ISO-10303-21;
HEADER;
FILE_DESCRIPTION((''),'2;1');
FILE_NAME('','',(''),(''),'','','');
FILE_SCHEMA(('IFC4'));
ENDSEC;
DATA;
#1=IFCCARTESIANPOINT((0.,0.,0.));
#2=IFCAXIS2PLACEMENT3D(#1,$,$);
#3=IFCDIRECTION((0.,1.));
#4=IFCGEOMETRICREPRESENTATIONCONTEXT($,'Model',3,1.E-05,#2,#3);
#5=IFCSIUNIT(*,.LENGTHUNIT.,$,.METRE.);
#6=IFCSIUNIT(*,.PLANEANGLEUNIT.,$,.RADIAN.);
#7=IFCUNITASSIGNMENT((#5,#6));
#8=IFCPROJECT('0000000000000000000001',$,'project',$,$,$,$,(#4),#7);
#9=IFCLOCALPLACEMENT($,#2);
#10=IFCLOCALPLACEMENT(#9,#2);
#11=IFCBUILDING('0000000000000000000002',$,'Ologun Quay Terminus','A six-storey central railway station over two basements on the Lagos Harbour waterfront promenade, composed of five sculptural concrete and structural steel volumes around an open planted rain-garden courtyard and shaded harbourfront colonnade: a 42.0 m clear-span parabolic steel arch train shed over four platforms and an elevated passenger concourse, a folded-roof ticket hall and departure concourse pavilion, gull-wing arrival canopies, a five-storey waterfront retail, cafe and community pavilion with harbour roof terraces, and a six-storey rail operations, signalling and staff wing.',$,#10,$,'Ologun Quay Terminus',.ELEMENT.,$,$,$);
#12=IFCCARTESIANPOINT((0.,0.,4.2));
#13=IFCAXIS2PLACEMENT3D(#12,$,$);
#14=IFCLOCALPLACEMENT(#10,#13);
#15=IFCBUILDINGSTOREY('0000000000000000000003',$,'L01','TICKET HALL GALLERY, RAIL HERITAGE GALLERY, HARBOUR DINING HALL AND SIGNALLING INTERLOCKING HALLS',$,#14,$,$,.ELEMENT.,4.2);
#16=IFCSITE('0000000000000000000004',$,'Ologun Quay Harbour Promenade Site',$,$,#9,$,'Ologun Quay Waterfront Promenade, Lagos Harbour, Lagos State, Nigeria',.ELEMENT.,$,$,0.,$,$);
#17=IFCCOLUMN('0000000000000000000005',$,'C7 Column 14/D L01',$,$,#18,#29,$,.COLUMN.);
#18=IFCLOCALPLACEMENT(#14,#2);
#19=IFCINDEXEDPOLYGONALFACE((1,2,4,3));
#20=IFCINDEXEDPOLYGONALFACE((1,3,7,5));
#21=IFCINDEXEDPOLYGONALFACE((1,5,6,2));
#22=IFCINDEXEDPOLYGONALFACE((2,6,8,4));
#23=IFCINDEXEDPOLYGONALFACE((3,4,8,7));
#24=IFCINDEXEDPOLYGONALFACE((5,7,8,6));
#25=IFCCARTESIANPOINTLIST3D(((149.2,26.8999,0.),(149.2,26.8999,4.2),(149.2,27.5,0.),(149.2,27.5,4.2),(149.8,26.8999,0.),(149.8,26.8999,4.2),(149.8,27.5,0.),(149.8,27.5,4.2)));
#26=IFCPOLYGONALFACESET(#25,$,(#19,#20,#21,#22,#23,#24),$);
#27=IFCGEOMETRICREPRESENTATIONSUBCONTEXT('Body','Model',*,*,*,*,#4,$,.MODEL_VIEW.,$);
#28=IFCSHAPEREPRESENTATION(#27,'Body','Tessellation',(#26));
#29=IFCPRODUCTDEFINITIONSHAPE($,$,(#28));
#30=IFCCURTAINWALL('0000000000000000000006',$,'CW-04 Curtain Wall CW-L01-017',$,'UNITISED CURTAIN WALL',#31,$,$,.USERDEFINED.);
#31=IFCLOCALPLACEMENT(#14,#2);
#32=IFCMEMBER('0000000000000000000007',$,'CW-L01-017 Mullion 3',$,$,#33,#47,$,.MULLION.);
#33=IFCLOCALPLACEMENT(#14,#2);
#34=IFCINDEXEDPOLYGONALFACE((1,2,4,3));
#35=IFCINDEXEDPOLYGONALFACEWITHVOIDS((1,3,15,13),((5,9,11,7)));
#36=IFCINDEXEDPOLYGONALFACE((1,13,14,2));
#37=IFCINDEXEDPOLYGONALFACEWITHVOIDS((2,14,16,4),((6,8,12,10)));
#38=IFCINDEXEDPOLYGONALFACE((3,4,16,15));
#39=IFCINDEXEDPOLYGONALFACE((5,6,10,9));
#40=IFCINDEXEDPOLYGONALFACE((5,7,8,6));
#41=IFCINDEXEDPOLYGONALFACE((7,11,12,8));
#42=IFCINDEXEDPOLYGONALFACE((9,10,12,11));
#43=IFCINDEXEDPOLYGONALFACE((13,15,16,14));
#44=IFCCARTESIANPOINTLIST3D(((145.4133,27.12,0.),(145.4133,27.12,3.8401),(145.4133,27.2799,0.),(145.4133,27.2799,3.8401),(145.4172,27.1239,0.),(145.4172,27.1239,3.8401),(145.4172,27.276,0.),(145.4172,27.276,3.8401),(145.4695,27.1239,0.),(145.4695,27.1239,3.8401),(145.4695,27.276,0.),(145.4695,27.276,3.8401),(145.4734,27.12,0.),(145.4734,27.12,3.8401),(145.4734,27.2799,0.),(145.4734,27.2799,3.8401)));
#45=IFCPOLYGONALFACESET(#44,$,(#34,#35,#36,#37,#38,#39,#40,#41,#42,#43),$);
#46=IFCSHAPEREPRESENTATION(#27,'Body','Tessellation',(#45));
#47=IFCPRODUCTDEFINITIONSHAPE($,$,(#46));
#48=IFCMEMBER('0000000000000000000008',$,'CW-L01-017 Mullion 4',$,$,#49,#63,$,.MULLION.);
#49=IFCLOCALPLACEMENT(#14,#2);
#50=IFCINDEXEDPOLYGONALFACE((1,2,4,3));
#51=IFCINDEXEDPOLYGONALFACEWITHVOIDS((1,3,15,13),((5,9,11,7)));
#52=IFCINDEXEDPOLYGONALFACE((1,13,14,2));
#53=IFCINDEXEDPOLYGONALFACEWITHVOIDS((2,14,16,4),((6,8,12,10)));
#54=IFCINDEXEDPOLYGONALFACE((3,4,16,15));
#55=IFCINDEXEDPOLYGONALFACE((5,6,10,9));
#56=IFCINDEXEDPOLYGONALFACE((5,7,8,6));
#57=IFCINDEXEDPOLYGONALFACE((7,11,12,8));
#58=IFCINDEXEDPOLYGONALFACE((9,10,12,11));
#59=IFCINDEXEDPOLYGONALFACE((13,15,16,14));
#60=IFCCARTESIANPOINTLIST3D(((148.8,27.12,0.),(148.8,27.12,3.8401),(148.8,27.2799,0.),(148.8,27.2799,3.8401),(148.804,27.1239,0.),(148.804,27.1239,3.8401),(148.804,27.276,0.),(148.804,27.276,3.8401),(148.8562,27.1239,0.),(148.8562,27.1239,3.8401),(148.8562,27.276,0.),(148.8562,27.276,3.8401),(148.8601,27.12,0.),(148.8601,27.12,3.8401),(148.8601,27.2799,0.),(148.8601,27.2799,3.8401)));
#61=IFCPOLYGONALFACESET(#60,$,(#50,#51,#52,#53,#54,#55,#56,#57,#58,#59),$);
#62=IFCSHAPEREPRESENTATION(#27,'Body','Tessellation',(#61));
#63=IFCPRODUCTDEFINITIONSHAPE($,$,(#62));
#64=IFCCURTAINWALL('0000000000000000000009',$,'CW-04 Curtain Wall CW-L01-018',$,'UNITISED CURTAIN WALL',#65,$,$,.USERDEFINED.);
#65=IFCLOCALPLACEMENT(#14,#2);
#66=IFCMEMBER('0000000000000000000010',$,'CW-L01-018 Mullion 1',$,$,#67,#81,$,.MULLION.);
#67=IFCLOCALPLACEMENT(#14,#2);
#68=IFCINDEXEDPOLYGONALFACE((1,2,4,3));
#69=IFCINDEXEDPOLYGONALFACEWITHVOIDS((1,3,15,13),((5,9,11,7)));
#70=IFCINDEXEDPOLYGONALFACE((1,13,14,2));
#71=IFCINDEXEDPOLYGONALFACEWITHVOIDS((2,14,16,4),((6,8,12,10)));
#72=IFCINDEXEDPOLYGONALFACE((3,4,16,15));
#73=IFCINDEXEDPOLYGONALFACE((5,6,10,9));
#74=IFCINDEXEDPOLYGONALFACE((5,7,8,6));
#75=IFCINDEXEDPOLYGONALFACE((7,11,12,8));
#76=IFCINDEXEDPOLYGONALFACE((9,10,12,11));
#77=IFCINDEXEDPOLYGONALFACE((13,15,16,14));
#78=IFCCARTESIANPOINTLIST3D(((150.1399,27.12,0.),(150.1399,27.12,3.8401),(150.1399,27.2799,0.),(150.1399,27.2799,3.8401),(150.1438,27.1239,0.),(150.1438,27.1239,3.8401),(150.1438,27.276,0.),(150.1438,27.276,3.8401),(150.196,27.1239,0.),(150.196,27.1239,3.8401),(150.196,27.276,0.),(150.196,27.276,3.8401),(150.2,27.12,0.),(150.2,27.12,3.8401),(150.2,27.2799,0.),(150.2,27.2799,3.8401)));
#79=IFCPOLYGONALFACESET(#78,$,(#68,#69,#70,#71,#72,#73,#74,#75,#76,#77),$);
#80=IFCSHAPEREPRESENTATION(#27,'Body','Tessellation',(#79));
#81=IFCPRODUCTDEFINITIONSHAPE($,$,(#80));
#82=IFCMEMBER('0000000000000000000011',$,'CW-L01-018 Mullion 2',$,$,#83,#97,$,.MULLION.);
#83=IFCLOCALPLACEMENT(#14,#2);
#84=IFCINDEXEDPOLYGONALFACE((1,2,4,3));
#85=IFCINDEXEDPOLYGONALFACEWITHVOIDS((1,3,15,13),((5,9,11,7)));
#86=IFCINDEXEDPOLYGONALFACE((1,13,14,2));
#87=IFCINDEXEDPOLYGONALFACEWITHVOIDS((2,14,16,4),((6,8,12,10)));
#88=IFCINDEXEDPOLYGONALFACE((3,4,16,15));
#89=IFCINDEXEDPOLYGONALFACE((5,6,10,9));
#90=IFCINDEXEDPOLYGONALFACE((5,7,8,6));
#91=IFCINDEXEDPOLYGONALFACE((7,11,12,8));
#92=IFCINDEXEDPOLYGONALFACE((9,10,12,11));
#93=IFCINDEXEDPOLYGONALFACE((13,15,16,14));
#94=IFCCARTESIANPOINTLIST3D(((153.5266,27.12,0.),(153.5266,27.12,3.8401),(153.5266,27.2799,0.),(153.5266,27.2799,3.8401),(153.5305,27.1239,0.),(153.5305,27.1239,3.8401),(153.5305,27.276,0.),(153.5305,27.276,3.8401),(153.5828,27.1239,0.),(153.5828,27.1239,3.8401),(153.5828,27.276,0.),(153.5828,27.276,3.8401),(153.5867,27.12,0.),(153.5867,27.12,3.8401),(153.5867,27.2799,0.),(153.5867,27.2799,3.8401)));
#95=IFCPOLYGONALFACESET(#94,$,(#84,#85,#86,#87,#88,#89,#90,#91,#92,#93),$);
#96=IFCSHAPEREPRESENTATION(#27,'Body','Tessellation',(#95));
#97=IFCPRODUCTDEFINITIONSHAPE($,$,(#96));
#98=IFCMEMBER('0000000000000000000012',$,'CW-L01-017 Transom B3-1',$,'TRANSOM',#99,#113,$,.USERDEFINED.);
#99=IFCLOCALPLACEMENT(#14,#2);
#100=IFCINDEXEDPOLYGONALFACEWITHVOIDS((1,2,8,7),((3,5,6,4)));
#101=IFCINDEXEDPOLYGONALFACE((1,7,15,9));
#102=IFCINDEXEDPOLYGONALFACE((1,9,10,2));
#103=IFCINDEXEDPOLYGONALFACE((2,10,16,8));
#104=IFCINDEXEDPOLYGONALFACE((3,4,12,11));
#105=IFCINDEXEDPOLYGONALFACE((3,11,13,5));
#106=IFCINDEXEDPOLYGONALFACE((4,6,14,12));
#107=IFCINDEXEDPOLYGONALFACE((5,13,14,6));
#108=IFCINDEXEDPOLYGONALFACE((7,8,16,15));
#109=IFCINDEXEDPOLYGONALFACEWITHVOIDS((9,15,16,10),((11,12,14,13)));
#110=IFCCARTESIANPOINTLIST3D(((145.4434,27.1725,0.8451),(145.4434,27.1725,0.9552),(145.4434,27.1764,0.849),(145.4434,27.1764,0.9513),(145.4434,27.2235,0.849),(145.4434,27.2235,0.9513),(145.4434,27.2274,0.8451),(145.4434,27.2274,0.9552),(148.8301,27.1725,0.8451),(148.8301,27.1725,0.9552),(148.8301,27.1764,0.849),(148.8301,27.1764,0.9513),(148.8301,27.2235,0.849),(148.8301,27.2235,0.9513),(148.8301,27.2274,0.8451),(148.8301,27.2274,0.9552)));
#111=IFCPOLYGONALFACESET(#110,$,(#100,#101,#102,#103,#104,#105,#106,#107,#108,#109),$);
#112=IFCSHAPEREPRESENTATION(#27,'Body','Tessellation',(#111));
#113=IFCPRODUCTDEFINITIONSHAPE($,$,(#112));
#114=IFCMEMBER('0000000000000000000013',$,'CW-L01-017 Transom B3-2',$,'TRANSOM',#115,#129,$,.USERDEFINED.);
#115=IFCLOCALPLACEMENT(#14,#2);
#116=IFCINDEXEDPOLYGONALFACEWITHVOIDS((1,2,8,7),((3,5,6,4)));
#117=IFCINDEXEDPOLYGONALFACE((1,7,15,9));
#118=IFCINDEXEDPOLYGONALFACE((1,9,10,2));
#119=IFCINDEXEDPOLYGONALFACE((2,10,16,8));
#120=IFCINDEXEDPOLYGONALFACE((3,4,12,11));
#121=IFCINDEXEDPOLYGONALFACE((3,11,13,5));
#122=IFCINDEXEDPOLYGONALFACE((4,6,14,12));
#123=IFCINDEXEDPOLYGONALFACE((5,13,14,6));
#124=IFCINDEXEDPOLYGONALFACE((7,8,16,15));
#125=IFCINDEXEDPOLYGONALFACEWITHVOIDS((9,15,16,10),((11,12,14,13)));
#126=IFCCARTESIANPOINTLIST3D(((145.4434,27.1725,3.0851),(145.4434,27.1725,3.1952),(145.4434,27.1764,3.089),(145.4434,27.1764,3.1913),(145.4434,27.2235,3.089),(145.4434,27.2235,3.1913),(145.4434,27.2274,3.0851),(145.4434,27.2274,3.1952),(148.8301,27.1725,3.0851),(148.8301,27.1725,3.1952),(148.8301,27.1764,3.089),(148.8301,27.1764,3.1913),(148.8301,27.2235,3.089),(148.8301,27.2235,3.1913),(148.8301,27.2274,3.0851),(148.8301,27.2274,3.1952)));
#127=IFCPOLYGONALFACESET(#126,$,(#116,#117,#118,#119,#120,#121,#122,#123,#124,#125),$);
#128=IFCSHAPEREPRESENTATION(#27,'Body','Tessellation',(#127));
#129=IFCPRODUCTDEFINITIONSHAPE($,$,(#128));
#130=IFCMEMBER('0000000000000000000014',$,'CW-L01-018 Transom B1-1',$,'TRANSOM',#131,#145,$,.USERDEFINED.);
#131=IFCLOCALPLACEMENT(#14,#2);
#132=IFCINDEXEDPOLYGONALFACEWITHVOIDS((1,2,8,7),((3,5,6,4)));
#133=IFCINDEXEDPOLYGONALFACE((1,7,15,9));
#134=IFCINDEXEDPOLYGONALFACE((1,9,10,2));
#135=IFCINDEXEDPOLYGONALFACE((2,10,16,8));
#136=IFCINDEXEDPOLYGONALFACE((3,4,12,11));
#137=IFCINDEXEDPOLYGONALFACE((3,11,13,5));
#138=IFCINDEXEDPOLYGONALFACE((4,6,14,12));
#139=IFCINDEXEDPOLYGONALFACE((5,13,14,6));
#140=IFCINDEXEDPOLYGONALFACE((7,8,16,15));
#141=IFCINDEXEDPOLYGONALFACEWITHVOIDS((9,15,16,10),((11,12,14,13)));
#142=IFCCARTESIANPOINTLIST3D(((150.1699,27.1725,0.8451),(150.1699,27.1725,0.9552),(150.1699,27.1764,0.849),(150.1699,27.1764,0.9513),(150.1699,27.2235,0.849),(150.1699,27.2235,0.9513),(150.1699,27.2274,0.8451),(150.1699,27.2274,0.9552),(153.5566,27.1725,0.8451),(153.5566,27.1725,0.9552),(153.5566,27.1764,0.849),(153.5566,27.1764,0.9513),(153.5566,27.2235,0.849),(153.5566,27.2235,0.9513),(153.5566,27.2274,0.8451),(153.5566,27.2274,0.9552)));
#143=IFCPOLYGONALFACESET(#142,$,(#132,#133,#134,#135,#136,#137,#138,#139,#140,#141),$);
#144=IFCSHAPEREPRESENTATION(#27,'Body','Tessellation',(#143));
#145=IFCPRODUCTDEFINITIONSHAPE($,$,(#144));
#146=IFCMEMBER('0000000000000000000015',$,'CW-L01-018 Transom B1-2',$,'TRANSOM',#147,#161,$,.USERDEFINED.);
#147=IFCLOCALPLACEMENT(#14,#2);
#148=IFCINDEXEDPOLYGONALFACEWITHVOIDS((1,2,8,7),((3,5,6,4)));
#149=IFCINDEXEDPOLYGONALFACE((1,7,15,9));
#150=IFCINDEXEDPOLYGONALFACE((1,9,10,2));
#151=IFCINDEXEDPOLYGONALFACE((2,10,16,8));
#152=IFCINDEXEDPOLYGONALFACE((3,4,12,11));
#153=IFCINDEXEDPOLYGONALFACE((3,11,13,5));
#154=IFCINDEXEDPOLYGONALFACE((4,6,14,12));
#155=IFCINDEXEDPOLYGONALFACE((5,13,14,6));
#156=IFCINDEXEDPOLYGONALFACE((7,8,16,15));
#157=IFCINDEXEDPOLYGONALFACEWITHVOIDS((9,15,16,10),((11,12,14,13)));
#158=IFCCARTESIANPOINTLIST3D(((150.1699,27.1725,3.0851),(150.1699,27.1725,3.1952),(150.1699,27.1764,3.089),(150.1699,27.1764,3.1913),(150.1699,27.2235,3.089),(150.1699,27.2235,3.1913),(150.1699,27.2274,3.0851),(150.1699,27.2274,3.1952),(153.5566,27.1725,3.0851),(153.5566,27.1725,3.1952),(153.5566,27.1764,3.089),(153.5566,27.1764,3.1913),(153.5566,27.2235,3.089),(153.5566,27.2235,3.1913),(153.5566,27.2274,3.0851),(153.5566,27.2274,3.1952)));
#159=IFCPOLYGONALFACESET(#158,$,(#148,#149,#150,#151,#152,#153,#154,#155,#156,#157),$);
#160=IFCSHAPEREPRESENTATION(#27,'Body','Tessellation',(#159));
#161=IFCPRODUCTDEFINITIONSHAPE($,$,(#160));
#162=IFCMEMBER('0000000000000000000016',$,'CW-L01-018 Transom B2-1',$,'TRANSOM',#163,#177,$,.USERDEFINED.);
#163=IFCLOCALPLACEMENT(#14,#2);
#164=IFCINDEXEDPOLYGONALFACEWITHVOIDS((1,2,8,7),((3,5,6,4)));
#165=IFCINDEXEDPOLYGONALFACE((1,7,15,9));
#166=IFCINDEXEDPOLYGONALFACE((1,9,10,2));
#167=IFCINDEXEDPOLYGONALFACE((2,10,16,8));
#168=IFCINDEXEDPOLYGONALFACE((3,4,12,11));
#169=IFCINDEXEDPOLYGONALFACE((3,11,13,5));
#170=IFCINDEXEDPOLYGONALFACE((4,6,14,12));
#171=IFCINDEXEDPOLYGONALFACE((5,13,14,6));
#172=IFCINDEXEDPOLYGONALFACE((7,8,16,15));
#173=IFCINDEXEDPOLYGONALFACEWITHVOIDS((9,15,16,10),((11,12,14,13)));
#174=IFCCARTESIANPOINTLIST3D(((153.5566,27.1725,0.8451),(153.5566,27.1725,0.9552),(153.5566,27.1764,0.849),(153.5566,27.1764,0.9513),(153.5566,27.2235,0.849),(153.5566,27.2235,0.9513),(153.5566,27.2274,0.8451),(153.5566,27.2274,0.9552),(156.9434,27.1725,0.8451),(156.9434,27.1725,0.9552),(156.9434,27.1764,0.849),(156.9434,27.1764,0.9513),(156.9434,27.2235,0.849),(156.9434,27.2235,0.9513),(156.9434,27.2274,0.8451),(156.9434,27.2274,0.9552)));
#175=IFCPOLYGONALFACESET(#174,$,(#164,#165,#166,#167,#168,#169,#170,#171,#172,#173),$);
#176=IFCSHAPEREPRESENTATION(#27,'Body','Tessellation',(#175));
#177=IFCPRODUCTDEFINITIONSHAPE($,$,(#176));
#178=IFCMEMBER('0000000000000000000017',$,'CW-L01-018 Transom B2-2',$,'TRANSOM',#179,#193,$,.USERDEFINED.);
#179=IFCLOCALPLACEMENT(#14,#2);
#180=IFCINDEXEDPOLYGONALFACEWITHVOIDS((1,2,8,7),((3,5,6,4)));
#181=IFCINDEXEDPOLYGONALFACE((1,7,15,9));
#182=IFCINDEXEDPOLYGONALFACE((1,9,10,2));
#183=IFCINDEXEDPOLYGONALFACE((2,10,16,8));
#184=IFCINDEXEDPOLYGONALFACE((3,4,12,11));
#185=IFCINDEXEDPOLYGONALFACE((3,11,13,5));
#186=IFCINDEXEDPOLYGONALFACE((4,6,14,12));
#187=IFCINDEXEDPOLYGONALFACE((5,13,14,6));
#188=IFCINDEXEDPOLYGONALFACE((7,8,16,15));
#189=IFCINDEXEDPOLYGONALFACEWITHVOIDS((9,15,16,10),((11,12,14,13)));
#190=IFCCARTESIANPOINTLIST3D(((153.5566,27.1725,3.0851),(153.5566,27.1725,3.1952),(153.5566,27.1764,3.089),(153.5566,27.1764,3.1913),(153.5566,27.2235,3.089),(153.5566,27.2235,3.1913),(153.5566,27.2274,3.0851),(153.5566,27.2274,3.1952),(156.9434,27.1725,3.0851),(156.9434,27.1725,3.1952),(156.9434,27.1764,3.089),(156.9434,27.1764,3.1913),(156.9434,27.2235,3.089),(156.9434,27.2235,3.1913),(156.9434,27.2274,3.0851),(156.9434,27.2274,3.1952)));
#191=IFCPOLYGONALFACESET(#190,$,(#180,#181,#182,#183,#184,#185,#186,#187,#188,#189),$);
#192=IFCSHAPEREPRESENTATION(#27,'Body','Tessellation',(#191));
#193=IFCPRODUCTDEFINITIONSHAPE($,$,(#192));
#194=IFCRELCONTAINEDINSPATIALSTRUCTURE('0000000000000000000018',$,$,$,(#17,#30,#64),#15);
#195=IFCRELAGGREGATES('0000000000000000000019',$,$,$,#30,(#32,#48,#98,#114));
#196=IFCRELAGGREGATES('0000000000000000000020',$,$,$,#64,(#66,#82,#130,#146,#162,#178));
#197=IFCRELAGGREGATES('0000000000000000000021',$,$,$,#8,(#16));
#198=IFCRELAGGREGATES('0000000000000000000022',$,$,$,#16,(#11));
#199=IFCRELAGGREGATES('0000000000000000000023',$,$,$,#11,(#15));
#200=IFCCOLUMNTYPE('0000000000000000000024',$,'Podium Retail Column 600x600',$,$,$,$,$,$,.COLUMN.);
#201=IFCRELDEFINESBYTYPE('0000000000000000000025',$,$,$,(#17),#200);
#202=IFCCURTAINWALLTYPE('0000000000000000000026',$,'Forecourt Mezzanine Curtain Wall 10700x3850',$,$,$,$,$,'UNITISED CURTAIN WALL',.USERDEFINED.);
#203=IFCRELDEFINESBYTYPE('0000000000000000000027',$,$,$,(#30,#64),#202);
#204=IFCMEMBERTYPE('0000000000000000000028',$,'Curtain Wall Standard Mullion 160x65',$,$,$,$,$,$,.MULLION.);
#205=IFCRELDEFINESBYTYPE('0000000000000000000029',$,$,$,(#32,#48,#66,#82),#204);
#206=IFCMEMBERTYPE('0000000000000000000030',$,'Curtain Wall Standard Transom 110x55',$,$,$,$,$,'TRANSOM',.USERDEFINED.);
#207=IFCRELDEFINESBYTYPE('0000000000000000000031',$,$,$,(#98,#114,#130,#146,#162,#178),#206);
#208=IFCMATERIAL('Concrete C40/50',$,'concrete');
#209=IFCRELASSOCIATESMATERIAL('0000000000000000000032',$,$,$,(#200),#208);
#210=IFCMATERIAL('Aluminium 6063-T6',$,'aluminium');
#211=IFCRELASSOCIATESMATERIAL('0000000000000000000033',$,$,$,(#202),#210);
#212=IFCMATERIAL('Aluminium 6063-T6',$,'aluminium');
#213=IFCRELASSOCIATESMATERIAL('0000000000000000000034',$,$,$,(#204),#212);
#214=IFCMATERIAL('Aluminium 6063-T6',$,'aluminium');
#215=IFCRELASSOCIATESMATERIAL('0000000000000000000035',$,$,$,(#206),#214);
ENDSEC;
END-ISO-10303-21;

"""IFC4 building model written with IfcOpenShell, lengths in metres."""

from ifc_helpers import new_model, si_unit, direction, frame, origin, origin_2d, place, context, subcontext, project, spatial, rectangle, hollow_rectangle, extrude, material, material_profile, profile_set, type_object, element, aggregate, save


model = new_model("IFC4")

# Units and contexts
model_context = context("Model", 3, precision=1e-05, world=origin(), true_north=direction((0.0, 1.0)))
body_context = subcontext(model_context, "Body", "Model", "MODEL_VIEW")
ifc_project = project(units=[si_unit("LENGTHUNIT", "METRE"), si_unit("PLANEANGLEUNIT", "RADIAN")], contexts=[model_context])

# Site, building, storey
site_placement = place(None, origin())
site = spatial("IfcSite", under=ifc_project, at=site_placement, Name="Ologun Quay Harbour Promenade Site", LongName="Ologun Quay Waterfront Promenade, Lagos Harbour, Lagos State, Nigeria", CompositionType="ELEMENT", RefElevation=0.0)
building_placement = place(site_placement, origin())
building = spatial("IfcBuilding", under=site, at=building_placement, Name="Ologun Quay Terminus", Description="A six-storey central railway station over two basements on the Lagos Harbour waterfront promenade, composed of five sculptural concrete and structural steel volumes around an open planted rain-garden courtyard and shaded harbourfront colonnade: a 42.0 m clear-span parabolic steel arch train shed over four platforms and an elevated passenger concourse, a folded-roof ticket hall and departure concourse pavilion, gull-wing arrival canopies, a five-storey waterfront retail, cafe and community pavilion with harbour roof terraces, and a six-storey rail operations, signalling and staff wing.", LongName="Ologun Quay Terminus", CompositionType="ELEMENT")
storey_placement = place(building_placement, frame((0.0, 0.0, 4.2)))
storey = spatial("IfcBuildingStorey", under=building, at=storey_placement, Name="L01", Description="TICKET HALL GALLERY, RAIL HERITAGE GALLERY, HARBOUR DINING HALL AND SIGNALLING INTERLOCKING HALLS", CompositionType="ELEMENT", Elevation=4.2)

# Column
ifc_material_1 = material(Name="Concrete C40/50", Category="concrete")
ifc_material_profile_1 = material_profile(ifc_material_1, rectangle(XDim=0.6001, YDim=0.6001, at=origin_2d()), Name="RC 600x600")
ifc_profile_set_1 = profile_set([ifc_material_profile_1], Name="Concrete C40/50")
column_type = type_object("IfcColumnType", Name="Podium Retail Column 600x600", PredefinedType="COLUMN", material=ifc_profile_set_1)
column_placement = place(storey_placement, frame((149.5, 27.2, 0.0), z_axis=(0.0, 0.0, 1.0), x_axis=(1.0, 0.0, 0.0)))
element("IfcColumn", 1, at=column_placement, inside=storey, type_object=column_type, Name="C7 Column 14/D L01", PredefinedType="COLUMN", context=body_context, shape_type="SweptSolid", body=[
    extrude(rectangle(XDim=0.6001, YDim=0.6001, at=origin_2d()), origin(), (0.0, 0.0, 1.0), 4.2),
])

# Curtain walls, members
ifc_material_2 = material(Name="Aluminium 6063-T6", Category="aluminium")
curtain_wall_type = type_object("IfcCurtainWallType", Name="Forecourt Mezzanine Curtain Wall 10700x3850", ElementType="UNITISED CURTAIN WALL", PredefinedType="USERDEFINED", material=ifc_material_2)
curtain_wall_1_placement = place(storey_placement, origin())
curtain_wall_1 = element("IfcCurtainWall", 2, at=curtain_wall_1_placement, inside=storey, type_object=curtain_wall_type, Name="CW-04 Curtain Wall CW-L01-017", ObjectType="UNITISED CURTAIN WALL", PredefinedType="USERDEFINED")
ifc_material_3 = material(Name="Aluminium 6063-T6", Category="aluminium")
ifc_material_profile_2 = material_profile(ifc_material_3, hollow_rectangle(XDim=0.0601, YDim=0.1599, WallThickness=0.0039, at=origin_2d()), Name="ALU 160x60x4")
ifc_profile_set_2 = profile_set([ifc_material_profile_2], Name="Aluminium 6063-T6")
member_type_1 = type_object("IfcMemberType", Name="Curtain Wall Standard Mullion 160x65", PredefinedType="MULLION", material=ifc_profile_set_2)
member_1_placement = place(storey_placement, frame((145.4434, 27.2, 0.0), z_axis=(0.0, 0.0, 1.0), x_axis=(1.0, 0.0, 0.0)))
member_1 = element("IfcMember", 3, at=member_1_placement, type_object=member_type_1, Name="CW-L01-017 Mullion 3", PredefinedType="MULLION", context=body_context, shape_type="SweptSolid", body=[
    extrude(hollow_rectangle(XDim=0.0601, YDim=0.1599, WallThickness=0.0039, at=origin_2d()), origin(), (0.0, 0.0, 1.0), 3.8401),
])
member_2_placement = place(storey_placement, frame((148.8301, 27.2, 0.0), z_axis=(0.0, 0.0, 1.0), x_axis=(1.0, 0.0, 0.0)))
member_2 = element("IfcMember", 4, at=member_2_placement, type_object=member_type_1, Name="CW-L01-017 Mullion 4", PredefinedType="MULLION", context=body_context, shape_type="SweptSolid", body=[
    extrude(hollow_rectangle(XDim=0.0601, YDim=0.1599, WallThickness=0.0039, at=origin_2d()), origin(), (0.0, 0.0, 1.0), 3.8401),
])
curtain_wall_2_placement = place(storey_placement, origin())
curtain_wall_2 = element("IfcCurtainWall", 5, at=curtain_wall_2_placement, inside=storey, type_object=curtain_wall_type, Name="CW-04 Curtain Wall CW-L01-018", ObjectType="UNITISED CURTAIN WALL", PredefinedType="USERDEFINED")
member_3_placement = place(storey_placement, frame((150.1699, 27.2, 0.0), z_axis=(0.0, 0.0, 1.0), x_axis=(1.0, 0.0, 0.0)))
member_3 = element("IfcMember", 6, at=member_3_placement, type_object=member_type_1, Name="CW-L01-018 Mullion 1", PredefinedType="MULLION", context=body_context, shape_type="SweptSolid", body=[
    extrude(hollow_rectangle(XDim=0.0601, YDim=0.1599, WallThickness=0.0039, at=origin_2d()), origin(), (0.0, 0.0, 1.0), 3.8401),
])
member_4_placement = place(storey_placement, frame((153.5566, 27.2, 0.0), z_axis=(0.0, 0.0, 1.0), x_axis=(1.0, 0.0, 0.0)))
member_4 = element("IfcMember", 7, at=member_4_placement, type_object=member_type_1, Name="CW-L01-018 Mullion 2", PredefinedType="MULLION", context=body_context, shape_type="SweptSolid", body=[
    extrude(hollow_rectangle(XDim=0.0601, YDim=0.1599, WallThickness=0.0039, at=origin_2d()), origin(), (0.0, 0.0, 1.0), 3.8401),
])

# Members
ifc_material_4 = material(Name="Aluminium 6063-T6", Category="aluminium")
ifc_material_profile_3 = material_profile(ifc_material_4, hollow_rectangle(XDim=0.0549, YDim=0.1101, WallThickness=0.0039, at=origin_2d()), Name="ALU 110x55x4")
ifc_profile_set_3 = profile_set([ifc_material_profile_3], Name="Aluminium 6063-T6")
member_type_2 = type_object("IfcMemberType", Name="Curtain Wall Standard Transom 110x55", ElementType="TRANSOM", PredefinedType="USERDEFINED", material=ifc_profile_set_3)
member_5_placement = place(storey_placement, frame((145.4434, 27.2, 0.9001), z_axis=(1.0, 0.0, 0.0), x_axis=(0.0, 1.0, 0.0)))
member_5 = element("IfcMember", 8, at=member_5_placement, type_object=member_type_2, Name="CW-L01-017 Transom B3-1", ObjectType="TRANSOM", PredefinedType="USERDEFINED", context=body_context, shape_type="SweptSolid", body=[
    extrude(hollow_rectangle(XDim=0.0549, YDim=0.1101, WallThickness=0.0039, at=origin_2d()), origin(), (0.0, 0.0, 1.0), 3.3867),
])
member_6_placement = place(storey_placement, frame((145.4434, 27.2, 3.1401), z_axis=(1.0, 0.0, 0.0), x_axis=(0.0, 1.0, 0.0)))
member_6 = element("IfcMember", 9, at=member_6_placement, type_object=member_type_2, Name="CW-L01-017 Transom B3-2", ObjectType="TRANSOM", PredefinedType="USERDEFINED", context=body_context, shape_type="SweptSolid", body=[
    extrude(hollow_rectangle(XDim=0.0549, YDim=0.1101, WallThickness=0.0039, at=origin_2d()), origin(), (0.0, 0.0, 1.0), 3.3867),
])
member_7_placement = place(storey_placement, frame((150.1699, 27.2, 0.9001), z_axis=(1.0, 0.0, 0.0), x_axis=(0.0, 1.0, 0.0)))
member_7 = element("IfcMember", 10, at=member_7_placement, type_object=member_type_2, Name="CW-L01-018 Transom B1-1", ObjectType="TRANSOM", PredefinedType="USERDEFINED", context=body_context, shape_type="SweptSolid", body=[
    extrude(hollow_rectangle(XDim=0.0549, YDim=0.1101, WallThickness=0.0039, at=origin_2d()), origin(), (0.0, 0.0, 1.0), 3.3867),
])
member_8_placement = place(storey_placement, frame((150.1699, 27.2, 3.1401), z_axis=(1.0, 0.0, 0.0), x_axis=(0.0, 1.0, 0.0)))
member_8 = element("IfcMember", 11, at=member_8_placement, type_object=member_type_2, Name="CW-L01-018 Transom B1-2", ObjectType="TRANSOM", PredefinedType="USERDEFINED", context=body_context, shape_type="SweptSolid", body=[
    extrude(hollow_rectangle(XDim=0.0549, YDim=0.1101, WallThickness=0.0039, at=origin_2d()), origin(), (0.0, 0.0, 1.0), 3.3867),
])
member_9_placement = place(storey_placement, frame((153.5566, 27.2, 0.9001), z_axis=(1.0, 0.0, 0.0), x_axis=(0.0, 1.0, 0.0)))
member_9 = element("IfcMember", 12, at=member_9_placement, type_object=member_type_2, Name="CW-L01-018 Transom B2-1", ObjectType="TRANSOM", PredefinedType="USERDEFINED", context=body_context, shape_type="SweptSolid", body=[
    extrude(hollow_rectangle(XDim=0.0549, YDim=0.1101, WallThickness=0.0039, at=origin_2d()), origin(), (0.0, 0.0, 1.0), 3.3867),
])
member_10_placement = place(storey_placement, frame((153.5566, 27.2, 3.1401), z_axis=(1.0, 0.0, 0.0), x_axis=(0.0, 1.0, 0.0)))
member_10 = element("IfcMember", 13, at=member_10_placement, type_object=member_type_2, Name="CW-L01-018 Transom B2-2", ObjectType="TRANSOM", PredefinedType="USERDEFINED", context=body_context, shape_type="SweptSolid", body=[
    extrude(hollow_rectangle(XDim=0.0549, YDim=0.1101, WallThickness=0.0039, at=origin_2d()), origin(), (0.0, 0.0, 1.0), 3.3867),
])

aggregate(curtain_wall_1, [member_1, member_2, member_5, member_6])
aggregate(curtain_wall_2, [member_3, member_4, member_7, member_8, member_9, member_10])

save(model, "model.ifc")
